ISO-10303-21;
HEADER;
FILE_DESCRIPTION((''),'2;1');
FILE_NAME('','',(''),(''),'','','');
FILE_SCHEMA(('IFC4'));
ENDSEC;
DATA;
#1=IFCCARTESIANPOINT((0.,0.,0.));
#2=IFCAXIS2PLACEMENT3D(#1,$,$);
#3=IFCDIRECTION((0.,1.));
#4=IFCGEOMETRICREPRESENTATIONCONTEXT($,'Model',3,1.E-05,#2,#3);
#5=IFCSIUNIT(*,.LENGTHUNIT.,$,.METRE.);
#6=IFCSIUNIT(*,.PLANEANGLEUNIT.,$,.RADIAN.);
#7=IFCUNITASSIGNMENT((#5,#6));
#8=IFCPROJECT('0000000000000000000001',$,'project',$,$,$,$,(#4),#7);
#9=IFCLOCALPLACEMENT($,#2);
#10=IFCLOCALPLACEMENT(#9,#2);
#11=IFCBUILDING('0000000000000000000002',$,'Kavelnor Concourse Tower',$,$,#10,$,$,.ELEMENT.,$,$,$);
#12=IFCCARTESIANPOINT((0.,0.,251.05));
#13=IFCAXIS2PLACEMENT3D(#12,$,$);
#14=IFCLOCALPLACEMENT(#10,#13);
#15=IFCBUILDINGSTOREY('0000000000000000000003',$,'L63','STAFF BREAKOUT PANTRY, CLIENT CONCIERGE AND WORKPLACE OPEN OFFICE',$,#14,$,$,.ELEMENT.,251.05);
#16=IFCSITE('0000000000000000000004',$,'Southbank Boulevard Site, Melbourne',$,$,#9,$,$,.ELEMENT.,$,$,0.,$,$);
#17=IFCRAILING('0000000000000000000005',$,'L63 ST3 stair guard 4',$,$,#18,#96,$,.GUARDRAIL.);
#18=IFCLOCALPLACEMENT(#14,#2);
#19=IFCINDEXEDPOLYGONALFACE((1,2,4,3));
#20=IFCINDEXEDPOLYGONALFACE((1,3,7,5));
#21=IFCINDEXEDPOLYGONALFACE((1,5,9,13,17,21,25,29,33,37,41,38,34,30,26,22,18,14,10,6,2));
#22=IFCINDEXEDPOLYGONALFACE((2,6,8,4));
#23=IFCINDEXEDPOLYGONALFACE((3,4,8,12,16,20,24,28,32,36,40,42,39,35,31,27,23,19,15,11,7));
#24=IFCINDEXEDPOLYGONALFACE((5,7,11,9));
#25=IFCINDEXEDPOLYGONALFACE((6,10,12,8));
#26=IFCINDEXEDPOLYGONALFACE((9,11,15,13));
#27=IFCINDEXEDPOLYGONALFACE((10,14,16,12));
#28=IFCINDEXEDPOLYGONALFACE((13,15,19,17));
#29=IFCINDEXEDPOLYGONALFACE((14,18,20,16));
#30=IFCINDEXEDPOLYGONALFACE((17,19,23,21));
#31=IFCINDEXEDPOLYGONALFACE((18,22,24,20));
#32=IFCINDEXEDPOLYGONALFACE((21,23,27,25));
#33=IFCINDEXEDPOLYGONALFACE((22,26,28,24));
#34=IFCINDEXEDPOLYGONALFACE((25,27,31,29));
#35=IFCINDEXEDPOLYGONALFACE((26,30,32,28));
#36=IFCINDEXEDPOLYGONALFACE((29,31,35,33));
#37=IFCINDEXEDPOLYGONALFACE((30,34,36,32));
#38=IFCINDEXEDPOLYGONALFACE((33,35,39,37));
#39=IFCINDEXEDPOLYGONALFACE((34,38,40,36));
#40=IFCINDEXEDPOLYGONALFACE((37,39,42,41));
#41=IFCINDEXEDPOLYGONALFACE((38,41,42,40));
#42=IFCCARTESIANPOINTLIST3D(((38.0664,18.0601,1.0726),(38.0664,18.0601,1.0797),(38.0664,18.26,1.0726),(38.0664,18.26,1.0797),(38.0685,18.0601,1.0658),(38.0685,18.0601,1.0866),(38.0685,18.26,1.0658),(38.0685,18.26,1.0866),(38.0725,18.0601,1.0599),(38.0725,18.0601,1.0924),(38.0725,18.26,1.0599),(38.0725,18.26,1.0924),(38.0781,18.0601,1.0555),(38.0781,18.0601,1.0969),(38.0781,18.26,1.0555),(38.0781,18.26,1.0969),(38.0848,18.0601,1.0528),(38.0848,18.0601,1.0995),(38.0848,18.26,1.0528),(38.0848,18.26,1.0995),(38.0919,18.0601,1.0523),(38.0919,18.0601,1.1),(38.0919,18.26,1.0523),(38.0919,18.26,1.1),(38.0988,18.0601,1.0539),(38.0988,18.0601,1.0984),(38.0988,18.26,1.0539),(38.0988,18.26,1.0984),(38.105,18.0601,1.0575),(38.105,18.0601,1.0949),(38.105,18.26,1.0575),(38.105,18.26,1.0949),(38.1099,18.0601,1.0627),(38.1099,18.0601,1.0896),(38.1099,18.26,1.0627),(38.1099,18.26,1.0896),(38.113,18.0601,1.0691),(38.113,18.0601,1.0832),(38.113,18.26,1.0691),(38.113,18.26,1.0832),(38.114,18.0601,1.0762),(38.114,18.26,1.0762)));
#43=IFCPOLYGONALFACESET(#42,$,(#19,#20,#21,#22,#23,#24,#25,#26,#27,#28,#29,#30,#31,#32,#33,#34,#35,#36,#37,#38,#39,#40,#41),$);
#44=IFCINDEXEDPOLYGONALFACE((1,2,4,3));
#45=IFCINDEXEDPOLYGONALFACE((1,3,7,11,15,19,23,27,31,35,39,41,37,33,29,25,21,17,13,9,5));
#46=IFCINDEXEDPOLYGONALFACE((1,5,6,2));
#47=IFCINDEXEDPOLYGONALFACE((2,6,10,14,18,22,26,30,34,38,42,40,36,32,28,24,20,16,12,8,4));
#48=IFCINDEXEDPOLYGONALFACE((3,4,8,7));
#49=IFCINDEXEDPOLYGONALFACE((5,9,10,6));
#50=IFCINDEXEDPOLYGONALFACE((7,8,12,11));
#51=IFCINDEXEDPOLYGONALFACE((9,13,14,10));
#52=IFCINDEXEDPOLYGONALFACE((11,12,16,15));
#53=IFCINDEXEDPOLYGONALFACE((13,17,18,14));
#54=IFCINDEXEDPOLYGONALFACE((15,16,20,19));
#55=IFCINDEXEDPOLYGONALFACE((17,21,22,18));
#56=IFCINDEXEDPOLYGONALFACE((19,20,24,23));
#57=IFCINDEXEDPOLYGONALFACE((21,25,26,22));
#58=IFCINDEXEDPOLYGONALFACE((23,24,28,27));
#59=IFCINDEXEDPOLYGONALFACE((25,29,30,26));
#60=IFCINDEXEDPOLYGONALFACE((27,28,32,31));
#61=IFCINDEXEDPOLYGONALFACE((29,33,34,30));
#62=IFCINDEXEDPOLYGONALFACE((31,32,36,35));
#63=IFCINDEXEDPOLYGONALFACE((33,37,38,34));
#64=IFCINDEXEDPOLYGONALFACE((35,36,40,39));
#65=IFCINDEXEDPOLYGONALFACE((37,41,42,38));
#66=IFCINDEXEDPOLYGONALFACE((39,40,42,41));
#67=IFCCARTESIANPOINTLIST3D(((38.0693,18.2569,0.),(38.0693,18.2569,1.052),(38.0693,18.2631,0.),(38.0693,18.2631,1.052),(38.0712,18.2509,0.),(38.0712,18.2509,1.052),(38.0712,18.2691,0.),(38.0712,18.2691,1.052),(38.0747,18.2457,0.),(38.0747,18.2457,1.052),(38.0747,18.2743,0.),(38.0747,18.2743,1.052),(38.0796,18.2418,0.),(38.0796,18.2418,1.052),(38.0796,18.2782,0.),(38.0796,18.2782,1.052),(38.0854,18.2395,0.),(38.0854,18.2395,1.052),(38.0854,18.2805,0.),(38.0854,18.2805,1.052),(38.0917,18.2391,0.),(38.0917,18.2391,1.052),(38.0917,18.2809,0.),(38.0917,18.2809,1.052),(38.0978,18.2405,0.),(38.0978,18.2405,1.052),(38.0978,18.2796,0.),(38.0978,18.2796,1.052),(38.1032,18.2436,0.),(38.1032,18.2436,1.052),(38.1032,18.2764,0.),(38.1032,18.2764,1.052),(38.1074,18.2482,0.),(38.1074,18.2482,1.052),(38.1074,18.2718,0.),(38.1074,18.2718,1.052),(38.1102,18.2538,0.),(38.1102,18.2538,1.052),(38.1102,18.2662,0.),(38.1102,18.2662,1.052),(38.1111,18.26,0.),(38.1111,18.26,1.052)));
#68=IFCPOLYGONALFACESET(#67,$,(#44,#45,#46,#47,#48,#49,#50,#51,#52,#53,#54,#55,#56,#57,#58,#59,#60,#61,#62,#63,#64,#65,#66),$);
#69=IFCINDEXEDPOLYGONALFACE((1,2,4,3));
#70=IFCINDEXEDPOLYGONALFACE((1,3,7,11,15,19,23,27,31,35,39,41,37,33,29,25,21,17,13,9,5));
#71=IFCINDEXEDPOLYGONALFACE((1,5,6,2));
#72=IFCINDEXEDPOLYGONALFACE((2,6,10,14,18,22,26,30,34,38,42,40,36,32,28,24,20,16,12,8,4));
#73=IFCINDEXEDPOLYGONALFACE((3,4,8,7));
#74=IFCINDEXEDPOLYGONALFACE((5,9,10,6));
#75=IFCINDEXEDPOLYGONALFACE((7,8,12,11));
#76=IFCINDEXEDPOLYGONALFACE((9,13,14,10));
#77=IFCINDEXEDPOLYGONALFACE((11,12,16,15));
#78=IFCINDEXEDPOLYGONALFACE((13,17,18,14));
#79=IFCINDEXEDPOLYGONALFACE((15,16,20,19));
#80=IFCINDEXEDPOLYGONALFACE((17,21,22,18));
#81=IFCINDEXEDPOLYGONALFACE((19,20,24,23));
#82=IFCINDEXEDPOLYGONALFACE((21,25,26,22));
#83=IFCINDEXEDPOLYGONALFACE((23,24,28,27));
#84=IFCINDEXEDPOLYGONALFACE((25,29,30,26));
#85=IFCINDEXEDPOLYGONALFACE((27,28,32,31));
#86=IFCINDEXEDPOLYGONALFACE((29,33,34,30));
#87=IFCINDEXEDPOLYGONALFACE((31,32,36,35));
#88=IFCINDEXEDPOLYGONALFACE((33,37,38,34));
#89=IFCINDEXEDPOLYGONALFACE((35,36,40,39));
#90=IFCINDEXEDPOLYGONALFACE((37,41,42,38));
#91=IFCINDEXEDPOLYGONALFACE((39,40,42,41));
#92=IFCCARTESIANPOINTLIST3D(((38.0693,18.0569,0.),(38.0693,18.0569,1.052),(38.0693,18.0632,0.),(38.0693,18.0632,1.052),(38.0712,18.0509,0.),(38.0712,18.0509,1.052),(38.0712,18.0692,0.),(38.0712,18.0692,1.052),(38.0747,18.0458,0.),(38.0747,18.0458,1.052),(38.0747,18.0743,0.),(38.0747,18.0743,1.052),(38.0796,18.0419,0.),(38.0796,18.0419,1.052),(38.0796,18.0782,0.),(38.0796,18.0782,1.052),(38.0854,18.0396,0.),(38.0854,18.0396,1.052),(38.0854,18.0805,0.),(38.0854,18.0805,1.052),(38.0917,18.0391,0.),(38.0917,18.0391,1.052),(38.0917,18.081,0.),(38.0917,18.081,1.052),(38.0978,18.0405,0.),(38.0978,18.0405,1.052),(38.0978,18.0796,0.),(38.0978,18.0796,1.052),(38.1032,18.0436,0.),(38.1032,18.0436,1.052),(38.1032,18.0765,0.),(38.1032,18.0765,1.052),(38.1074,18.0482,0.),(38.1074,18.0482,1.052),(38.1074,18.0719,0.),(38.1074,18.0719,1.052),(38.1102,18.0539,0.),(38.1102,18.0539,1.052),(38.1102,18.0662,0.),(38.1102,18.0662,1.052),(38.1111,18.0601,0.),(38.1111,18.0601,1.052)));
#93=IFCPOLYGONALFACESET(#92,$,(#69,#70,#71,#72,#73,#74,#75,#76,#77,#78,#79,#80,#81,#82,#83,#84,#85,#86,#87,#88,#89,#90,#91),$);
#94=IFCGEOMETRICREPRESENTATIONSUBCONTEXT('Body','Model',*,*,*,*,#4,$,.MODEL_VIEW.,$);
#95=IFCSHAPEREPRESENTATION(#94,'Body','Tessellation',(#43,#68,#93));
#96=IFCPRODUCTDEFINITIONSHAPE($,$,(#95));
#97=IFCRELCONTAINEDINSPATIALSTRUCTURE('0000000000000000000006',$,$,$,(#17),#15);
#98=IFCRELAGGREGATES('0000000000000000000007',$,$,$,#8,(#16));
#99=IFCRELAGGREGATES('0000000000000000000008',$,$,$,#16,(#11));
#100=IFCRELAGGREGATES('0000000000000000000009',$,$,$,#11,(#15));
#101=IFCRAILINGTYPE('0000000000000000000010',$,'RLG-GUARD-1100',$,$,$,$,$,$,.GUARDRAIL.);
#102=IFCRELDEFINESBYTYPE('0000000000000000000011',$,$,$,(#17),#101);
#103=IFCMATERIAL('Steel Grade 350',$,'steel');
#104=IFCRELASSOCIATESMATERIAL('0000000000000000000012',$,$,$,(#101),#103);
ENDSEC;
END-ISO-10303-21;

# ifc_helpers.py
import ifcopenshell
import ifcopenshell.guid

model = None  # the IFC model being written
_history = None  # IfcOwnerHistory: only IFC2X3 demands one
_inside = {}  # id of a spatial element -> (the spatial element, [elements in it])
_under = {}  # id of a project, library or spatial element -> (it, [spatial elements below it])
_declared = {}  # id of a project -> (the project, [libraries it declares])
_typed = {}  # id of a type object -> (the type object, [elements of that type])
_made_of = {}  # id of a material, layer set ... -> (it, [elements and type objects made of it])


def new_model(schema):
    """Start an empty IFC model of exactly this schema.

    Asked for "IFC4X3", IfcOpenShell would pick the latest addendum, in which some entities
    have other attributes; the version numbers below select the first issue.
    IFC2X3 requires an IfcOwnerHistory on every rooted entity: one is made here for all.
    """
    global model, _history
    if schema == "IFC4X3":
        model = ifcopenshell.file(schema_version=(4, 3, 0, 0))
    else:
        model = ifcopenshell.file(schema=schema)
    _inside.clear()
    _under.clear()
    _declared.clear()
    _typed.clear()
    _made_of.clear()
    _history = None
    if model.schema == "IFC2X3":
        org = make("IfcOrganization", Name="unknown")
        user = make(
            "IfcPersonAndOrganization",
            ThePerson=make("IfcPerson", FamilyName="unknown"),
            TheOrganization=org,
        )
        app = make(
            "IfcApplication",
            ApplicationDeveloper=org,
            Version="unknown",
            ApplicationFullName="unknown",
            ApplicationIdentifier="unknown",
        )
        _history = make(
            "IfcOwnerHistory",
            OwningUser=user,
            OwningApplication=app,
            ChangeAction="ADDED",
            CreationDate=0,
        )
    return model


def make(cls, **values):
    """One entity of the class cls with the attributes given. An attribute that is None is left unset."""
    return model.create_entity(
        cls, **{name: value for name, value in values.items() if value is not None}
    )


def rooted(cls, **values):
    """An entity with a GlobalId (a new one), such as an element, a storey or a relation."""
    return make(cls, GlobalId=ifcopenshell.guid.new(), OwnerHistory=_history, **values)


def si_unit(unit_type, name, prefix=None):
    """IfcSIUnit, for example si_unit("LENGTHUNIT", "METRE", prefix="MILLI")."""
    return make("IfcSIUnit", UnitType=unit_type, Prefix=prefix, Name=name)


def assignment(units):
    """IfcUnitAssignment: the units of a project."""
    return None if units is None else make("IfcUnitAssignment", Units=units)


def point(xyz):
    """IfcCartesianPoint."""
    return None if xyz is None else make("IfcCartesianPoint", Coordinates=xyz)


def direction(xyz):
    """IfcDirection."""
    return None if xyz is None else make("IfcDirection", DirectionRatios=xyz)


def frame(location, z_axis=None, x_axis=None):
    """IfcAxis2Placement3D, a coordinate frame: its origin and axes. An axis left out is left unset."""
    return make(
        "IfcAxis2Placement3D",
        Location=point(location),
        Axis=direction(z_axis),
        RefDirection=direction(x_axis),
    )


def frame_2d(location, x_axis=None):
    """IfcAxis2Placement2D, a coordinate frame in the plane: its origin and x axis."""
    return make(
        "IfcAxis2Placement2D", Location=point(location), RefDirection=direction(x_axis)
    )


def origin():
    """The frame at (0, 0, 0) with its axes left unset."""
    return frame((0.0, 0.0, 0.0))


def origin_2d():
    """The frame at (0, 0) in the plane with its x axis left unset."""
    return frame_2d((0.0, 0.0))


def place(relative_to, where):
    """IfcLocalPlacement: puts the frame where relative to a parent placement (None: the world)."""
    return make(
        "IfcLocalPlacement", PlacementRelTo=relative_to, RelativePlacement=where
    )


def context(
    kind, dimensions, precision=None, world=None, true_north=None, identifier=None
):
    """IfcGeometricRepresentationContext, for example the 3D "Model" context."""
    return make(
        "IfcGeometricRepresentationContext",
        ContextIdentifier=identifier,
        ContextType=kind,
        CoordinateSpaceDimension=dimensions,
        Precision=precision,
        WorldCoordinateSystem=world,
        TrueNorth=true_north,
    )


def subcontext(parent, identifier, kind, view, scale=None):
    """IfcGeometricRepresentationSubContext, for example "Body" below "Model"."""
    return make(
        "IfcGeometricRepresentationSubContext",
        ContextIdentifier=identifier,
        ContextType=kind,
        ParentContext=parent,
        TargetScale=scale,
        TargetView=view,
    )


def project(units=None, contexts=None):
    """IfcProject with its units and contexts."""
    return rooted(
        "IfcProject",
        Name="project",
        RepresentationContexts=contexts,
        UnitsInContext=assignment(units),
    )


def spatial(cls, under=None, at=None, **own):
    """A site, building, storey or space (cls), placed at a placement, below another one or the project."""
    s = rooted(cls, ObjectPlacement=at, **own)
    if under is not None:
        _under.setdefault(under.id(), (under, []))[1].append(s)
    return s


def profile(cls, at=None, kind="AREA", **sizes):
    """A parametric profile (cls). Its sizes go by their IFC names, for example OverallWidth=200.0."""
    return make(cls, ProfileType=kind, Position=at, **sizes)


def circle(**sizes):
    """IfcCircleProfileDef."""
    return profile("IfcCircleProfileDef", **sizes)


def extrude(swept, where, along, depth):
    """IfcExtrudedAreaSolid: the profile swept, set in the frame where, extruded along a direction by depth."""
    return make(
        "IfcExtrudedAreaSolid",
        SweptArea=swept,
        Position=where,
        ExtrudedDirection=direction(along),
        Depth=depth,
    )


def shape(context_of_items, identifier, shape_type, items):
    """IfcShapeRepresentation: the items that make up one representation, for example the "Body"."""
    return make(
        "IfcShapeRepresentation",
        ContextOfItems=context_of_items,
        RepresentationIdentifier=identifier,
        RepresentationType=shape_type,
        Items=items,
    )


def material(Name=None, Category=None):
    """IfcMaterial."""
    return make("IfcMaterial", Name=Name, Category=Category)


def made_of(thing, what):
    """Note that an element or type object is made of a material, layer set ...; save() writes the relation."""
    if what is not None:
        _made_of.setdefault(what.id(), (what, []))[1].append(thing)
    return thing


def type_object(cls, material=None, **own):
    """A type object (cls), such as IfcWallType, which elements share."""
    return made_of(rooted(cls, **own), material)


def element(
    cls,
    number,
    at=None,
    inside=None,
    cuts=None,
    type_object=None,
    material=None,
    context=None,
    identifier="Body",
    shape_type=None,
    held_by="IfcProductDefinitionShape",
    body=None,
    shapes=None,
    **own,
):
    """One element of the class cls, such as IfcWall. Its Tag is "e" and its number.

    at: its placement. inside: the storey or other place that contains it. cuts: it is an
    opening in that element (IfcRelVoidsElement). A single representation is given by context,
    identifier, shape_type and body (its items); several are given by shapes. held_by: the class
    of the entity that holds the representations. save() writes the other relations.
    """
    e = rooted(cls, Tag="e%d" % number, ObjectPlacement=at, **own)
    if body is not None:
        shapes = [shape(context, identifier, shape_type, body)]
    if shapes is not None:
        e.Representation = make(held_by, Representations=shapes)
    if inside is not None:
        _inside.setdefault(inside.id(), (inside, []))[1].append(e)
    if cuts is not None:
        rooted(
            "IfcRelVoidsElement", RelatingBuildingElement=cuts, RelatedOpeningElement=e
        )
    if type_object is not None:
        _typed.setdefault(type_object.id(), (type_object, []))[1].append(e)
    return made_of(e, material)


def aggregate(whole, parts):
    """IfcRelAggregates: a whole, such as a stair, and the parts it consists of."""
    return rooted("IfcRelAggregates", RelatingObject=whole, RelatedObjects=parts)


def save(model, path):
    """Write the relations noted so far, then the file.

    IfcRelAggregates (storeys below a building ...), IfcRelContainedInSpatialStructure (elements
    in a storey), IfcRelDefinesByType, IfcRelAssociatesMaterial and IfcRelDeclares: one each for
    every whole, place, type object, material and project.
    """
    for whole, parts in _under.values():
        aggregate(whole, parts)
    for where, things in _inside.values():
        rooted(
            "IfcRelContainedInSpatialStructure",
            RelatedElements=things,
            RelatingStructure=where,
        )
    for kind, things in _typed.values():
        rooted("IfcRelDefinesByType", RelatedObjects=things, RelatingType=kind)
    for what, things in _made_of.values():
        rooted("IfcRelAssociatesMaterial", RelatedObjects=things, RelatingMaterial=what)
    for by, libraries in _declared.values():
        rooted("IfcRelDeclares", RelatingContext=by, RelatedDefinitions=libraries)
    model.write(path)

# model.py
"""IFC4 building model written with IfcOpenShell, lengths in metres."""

from ifc_helpers import new_model, si_unit, direction, frame, origin, origin_2d, place, context, subcontext, project, spatial, circle, extrude, material, type_object, element, save


model = new_model("IFC4")

# Units and contexts
model_context = context("Model", 3, precision=1e-05, world=origin(), true_north=direction((0.0, 1.0)))
body_context = subcontext(model_context, "Body", "Model", "MODEL_VIEW")
ifc_project = project(units=[si_unit("LENGTHUNIT", "METRE"), si_unit("PLANEANGLEUNIT", "RADIAN")], contexts=[model_context])

# Site, building, storey
site_placement = place(None, origin())
site = spatial("IfcSite", under=ifc_project, at=site_placement, Name="Southbank Boulevard Site, Melbourne", CompositionType="ELEMENT", RefElevation=0.0)
building_placement = place(site_placement, origin())
building = spatial("IfcBuilding", under=site, at=building_placement, Name="Kavelnor Concourse Tower", CompositionType="ELEMENT")
storey_placement = place(building_placement, frame((0.0, 0.0, 251.05)))
storey = spatial("IfcBuildingStorey", under=building, at=storey_placement, Name="L63", Description="STAFF BREAKOUT PANTRY, CLIENT CONCIERGE AND WORKPLACE OPEN OFFICE", CompositionType="ELEMENT", Elevation=251.05)

# Shared definitions
ifc_material_1 = material(Name="Steel Grade 350", Category="steel")

# Railing
railing_type_1 = type_object("IfcRailingType", Name="RLG-GUARD-1100", PredefinedType="GUARDRAIL", material=ifc_material_1)
railing_1_placement = place(storey_placement, frame((38.0901, 18.26, 0.0)))
element("IfcRailing", 1, at=railing_1_placement, inside=storey, type_object=railing_type_1, Name="L63 ST3 stair guard 4", PredefinedType="GUARDRAIL", context=body_context, shape_type="SweptSolid", body=[
    extrude(circle(Radius=0.0239, at=origin_2d()), frame((0.0, 0.0, 1.0762), z_axis=(0.0, -1.0, 0.0), x_axis=(1.0, 0.0, 0.0)), (0.0, 0.0, 1.0), 0.2),
    extrude(circle(Radius=0.021, at=origin_2d()), origin(), (0.0, 0.0, 1.0), 1.052),
    extrude(circle(Radius=0.021, at=origin_2d()), frame((0.0, -0.2, 0.0)), (0.0, 0.0, 1.0), 1.052),
])

save(model, "model.ifc")
